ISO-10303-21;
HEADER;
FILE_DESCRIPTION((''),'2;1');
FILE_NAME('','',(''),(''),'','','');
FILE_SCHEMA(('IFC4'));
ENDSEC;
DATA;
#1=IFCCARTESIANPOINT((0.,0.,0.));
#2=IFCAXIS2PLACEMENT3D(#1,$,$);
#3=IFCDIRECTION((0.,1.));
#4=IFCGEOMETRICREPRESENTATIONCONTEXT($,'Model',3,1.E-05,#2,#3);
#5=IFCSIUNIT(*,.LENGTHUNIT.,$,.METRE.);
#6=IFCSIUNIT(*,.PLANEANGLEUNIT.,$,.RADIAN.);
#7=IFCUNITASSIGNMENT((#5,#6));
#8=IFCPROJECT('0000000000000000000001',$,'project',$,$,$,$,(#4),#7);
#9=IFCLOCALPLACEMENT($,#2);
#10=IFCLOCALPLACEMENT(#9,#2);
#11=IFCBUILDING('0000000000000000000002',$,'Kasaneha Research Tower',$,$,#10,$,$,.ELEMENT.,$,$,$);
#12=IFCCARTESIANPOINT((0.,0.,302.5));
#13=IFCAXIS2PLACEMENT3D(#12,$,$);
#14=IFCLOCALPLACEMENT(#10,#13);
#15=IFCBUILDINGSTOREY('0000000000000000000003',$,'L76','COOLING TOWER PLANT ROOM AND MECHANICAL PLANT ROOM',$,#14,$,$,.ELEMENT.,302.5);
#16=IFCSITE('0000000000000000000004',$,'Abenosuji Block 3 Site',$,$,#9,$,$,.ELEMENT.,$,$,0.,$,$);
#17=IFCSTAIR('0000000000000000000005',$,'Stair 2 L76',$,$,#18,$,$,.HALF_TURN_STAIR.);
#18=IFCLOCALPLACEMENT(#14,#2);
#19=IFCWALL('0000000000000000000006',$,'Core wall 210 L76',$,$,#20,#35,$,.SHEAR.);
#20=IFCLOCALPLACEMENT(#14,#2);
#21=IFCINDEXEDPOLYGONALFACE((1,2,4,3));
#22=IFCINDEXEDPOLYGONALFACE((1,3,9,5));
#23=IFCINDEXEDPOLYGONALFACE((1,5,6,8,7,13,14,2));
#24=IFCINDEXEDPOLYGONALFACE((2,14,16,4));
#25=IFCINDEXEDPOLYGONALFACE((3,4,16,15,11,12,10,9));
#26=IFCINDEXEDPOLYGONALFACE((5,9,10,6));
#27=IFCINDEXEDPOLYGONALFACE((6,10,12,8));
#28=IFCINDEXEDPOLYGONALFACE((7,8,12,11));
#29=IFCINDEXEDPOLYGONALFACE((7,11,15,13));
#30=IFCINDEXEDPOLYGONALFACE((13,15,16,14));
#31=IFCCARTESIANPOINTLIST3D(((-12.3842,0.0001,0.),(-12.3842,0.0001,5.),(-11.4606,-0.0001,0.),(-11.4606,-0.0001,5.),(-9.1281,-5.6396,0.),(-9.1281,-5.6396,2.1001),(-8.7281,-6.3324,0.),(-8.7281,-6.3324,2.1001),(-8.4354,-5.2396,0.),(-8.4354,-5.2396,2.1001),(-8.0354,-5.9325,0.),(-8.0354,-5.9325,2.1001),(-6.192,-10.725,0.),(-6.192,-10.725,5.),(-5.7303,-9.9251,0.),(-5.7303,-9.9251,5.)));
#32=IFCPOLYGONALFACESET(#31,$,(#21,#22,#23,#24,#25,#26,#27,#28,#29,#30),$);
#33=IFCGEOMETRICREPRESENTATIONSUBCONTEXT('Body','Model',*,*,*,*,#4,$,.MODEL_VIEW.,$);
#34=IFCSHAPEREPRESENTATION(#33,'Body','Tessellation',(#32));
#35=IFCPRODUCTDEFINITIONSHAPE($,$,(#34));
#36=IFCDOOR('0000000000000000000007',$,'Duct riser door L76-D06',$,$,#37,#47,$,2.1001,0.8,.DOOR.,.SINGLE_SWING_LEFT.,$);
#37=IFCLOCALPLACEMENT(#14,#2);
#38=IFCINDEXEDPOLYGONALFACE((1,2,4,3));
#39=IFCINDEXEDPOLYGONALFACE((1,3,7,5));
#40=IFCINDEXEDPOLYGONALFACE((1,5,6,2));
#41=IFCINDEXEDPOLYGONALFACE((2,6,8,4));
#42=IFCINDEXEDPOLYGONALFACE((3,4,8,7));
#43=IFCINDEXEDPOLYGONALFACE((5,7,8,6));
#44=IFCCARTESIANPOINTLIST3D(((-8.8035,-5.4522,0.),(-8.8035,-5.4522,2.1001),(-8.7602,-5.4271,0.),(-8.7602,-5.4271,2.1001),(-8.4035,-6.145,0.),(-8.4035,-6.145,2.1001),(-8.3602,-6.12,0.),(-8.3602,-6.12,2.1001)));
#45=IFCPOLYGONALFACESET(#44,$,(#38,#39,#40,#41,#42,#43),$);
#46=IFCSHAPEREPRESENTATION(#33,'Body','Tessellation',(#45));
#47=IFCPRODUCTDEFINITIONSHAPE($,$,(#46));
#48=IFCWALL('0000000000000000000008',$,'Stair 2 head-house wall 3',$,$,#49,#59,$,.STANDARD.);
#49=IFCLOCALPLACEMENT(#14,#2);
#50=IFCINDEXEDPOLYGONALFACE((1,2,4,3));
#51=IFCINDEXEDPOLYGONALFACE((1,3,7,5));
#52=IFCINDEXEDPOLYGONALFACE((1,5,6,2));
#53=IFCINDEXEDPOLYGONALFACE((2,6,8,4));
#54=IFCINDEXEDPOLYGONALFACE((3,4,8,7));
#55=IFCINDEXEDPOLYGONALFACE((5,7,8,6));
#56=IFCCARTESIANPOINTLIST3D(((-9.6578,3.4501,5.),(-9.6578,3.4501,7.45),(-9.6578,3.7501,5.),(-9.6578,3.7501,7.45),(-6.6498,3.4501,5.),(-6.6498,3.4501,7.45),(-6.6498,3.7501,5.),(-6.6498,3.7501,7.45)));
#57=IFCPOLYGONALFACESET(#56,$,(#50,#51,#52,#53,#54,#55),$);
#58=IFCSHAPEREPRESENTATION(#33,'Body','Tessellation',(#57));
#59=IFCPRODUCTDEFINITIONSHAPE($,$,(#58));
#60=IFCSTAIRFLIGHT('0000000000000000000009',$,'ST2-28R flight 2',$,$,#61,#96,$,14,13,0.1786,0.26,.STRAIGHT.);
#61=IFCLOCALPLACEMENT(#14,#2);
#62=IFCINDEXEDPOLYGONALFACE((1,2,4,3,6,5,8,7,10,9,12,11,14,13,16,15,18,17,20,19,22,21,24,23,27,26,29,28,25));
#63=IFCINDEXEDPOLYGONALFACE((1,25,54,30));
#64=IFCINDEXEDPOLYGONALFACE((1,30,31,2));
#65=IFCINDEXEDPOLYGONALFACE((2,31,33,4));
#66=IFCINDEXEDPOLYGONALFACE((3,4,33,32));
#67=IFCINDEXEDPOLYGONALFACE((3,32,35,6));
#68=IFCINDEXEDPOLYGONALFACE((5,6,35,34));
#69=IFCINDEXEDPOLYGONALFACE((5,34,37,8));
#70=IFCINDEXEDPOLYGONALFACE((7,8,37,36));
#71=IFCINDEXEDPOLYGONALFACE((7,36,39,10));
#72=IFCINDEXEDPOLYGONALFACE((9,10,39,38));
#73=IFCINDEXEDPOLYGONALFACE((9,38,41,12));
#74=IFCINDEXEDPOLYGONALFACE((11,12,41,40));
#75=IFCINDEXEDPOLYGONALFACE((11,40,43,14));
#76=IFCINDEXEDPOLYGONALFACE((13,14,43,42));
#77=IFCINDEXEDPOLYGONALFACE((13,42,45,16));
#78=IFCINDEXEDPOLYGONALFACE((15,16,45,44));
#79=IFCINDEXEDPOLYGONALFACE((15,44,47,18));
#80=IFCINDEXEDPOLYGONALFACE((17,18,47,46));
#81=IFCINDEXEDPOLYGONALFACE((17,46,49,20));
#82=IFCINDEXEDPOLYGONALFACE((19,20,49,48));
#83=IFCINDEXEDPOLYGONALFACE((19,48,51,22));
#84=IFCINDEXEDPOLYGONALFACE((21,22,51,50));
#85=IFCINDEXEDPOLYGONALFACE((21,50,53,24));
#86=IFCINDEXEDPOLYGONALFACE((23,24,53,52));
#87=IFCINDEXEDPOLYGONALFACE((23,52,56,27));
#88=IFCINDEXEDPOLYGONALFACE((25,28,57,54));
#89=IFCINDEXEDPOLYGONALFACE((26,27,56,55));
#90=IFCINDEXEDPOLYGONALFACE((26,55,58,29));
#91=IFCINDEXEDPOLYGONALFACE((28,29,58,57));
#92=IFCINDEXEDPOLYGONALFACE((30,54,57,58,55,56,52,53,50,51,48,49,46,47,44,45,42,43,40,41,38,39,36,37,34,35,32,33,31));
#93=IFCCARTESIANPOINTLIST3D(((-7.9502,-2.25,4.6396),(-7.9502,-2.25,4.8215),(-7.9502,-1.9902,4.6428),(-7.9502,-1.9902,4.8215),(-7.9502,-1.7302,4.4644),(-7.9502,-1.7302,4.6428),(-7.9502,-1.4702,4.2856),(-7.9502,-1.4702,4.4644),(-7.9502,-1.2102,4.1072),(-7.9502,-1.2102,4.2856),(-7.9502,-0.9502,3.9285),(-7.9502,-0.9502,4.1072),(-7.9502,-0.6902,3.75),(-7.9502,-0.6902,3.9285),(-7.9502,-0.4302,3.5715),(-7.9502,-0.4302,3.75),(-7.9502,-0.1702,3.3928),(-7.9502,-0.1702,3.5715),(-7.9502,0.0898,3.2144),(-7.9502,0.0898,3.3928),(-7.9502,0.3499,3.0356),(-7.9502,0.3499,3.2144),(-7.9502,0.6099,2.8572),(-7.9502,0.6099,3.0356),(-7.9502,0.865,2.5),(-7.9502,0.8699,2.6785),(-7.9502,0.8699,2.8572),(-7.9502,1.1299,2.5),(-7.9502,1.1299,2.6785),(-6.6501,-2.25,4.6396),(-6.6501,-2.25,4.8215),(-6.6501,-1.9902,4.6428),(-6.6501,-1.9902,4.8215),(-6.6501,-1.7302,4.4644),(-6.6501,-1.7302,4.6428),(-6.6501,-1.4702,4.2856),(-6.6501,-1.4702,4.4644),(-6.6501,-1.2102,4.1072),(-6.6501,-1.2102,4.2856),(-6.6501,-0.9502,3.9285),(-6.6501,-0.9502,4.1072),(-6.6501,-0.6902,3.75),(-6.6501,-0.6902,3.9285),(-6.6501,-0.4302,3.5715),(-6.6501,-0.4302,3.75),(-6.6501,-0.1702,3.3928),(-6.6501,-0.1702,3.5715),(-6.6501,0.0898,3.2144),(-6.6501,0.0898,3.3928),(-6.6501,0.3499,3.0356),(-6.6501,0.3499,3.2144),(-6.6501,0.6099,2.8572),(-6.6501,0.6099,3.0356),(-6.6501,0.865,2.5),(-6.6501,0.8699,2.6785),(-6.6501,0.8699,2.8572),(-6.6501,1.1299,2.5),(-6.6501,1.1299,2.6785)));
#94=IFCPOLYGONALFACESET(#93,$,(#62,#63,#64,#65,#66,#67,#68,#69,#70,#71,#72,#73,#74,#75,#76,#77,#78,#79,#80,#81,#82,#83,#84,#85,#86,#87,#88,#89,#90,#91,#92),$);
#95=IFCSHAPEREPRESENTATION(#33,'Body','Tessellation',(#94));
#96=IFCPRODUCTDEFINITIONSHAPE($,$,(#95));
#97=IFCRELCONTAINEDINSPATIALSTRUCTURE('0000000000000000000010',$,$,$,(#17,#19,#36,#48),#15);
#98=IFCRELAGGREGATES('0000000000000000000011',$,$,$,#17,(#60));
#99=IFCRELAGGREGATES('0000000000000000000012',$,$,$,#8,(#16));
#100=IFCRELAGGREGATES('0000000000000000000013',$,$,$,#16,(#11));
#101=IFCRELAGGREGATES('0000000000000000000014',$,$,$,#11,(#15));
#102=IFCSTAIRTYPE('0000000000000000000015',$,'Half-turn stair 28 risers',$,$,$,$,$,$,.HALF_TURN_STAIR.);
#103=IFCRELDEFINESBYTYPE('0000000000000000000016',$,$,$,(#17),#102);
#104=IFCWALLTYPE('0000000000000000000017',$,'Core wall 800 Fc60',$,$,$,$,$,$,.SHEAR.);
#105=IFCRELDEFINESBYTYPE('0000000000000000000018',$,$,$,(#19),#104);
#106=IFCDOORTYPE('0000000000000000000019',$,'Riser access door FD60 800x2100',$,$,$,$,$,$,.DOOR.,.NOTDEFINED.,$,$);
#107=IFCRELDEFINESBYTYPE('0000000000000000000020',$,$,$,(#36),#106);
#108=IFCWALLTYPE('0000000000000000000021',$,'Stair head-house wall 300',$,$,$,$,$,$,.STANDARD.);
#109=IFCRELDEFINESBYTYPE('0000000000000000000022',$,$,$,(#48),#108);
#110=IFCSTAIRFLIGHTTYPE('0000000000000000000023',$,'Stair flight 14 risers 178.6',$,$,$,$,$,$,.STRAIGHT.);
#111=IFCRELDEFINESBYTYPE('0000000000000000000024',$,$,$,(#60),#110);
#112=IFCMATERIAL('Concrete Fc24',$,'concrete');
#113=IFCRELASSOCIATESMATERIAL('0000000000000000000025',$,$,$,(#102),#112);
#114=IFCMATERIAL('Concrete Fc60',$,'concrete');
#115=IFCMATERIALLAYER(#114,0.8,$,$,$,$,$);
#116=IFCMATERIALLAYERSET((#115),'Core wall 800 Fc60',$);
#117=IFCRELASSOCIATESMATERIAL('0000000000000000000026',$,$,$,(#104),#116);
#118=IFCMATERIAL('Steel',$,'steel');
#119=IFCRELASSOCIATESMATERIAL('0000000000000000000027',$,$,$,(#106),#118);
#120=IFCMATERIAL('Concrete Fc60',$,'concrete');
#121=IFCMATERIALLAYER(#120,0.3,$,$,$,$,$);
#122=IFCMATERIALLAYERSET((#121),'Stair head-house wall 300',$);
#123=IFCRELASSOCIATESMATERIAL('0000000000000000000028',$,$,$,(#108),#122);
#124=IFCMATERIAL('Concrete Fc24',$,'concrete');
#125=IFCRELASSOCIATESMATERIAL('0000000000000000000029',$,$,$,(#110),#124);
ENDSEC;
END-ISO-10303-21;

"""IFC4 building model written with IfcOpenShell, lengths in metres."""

from ifc_helpers import new_model, si_unit, direction, frame, frame_2d, origin, place, context, subcontext, project, spatial, polyline, rectangle, outline, extrude, material, layer, layer_set, type_object, element, fill, aggregate, save


model = new_model("IFC4")

# Units and contexts
model_context = context("Model", 3, precision=1e-05, world=origin(), true_north=direction((0.0, 1.0)))
body_context = subcontext(model_context, "Body", "Model", "MODEL_VIEW")
ifc_project = project(units=[si_unit("LENGTHUNIT", "METRE"), si_unit("PLANEANGLEUNIT", "RADIAN")], contexts=[model_context])

# Site, building, storey
site_placement = place(None, origin())
site = spatial("IfcSite", under=ifc_project, at=site_placement, Name="Abenosuji Block 3 Site", CompositionType="ELEMENT", RefElevation=0.0)
building_placement = place(site_placement, origin())
building = spatial("IfcBuilding", under=site, at=building_placement, Name="Kasaneha Research Tower", CompositionType="ELEMENT")
storey_placement = place(building_placement, frame((0.0, 0.0, 302.5)))
storey = spatial("IfcBuildingStorey", under=building, at=storey_placement, Name="L76", Description="COOLING TOWER PLANT ROOM AND MECHANICAL PLANT ROOM", CompositionType="ELEMENT", Elevation=302.5)

# Shared definitions
ifc_material_1 = material(Name="Concrete Fc24", Category="concrete")
stair_type = type_object("IfcStairType", Name="Half-turn stair 28 risers", PredefinedType="HALF_TURN_STAIR", material=ifc_material_1)

# Stair
stair_1_placement = place(storey_placement, origin())
stair_1 = element("IfcStair", 1, at=stair_1_placement, inside=storey, type_object=stair_type, Name="Stair 2 L76", PredefinedType="HALF_TURN_STAIR")

# Wall, opening, door
ifc_material_2 = material(Name="Concrete Fc60", Category="concrete")
ifc_layer_1 = layer(ifc_material_2, 0.8)
ifc_layer_set_1 = layer_set([ifc_layer_1], Name="Core wall 800 Fc60")
wall_type_1 = type_object("IfcWallType", Name="Core wall 800 Fc60", PredefinedType="SHEAR", material=ifc_layer_set_1)
wall_1_placement = place(storey_placement, frame((-11.9224, 0.0, 0.0), z_axis=(0.0, 0.0, 1.0), x_axis=(0.500004, -0.866023, 0.0)))
wall_1 = element("IfcWall", 2, at=wall_1_placement, inside=storey, type_object=wall_type_1, Name="Core wall 210 L76", PredefinedType="SHEAR", context=body_context, shape_type="SweptSolid", body=[
    extrude(outline(polyline([(-0.231, -0.3999), (6.2812, -0.3999), (7.0813, -0.3999), (12.1533, -0.3999), (11.6914, 0.3999), (7.0813, 0.3999), (6.2812, 0.3999), (0.231, 0.3999), (-0.231, -0.3999)])), origin(), (0.0, 0.0, 1.0), 5.0),
])
opening_1_placement = place(wall_1_placement, frame((6.2812, 0.0, 0.0)))
opening_1 = element("IfcOpeningElement", 3, at=opening_1_placement, cuts=wall_1, PredefinedType="OPENING", context=body_context, shape_type="SweptSolid", body=[
    extrude(rectangle(XDim=0.8, YDim=2.1001, at=frame_2d((0.3999, 1.05))), frame((0.0, 0.4102, 0.0), z_axis=(0.0, -1.0, 0.0), x_axis=(1.0, 0.0, 0.0)), (0.0, 0.0, 1.0), 0.8201),
])
ifc_material_3 = material(Name="Steel", Category="steel")
door_type_1 = type_object("IfcDoorType", Name="Riser access door FD60 800x2100", OperationType="NOTDEFINED", PredefinedType="DOOR", material=ifc_material_3)
door_1_placement = place(opening_1_placement, origin())
door_1 = element("IfcDoor", 4, at=door_1_placement, inside=storey, type_object=door_type_1, Name="Duct riser door L76-D06", OperationType="SINGLE_SWING_LEFT", OverallHeight=2.1001, OverallWidth=0.8, PredefinedType="DOOR", context=body_context, shape_type="SweptSolid", body=[
    extrude(rectangle(XDim=0.8, YDim=2.1001, at=frame_2d((0.3999, 1.05))), frame((0.0, 0.0249, 0.0), z_axis=(0.0, -1.0, 0.0), x_axis=(1.0, 0.0, 0.0)), (0.0, 0.0, 1.0), 0.05),
])
fill(opening_1, door_1)

# Wall
ifc_material_4 = material(Name="Concrete Fc60", Category="concrete")
ifc_layer_2 = layer(ifc_material_4, 0.3)
ifc_layer_set_2 = layer_set([ifc_layer_2], Name="Stair head-house wall 300")
wall_type_2 = type_object("IfcWallType", Name="Stair head-house wall 300", PredefinedType="STANDARD", material=ifc_layer_set_2)
wall_2_placement = place(storey_placement, frame((-6.6499, 3.6001, 5.0), z_axis=(0.0, 0.0, 1.0), x_axis=(-1.0, 0.0, 0.0)))
element("IfcWall", 5, at=wall_2_placement, inside=storey, type_object=wall_type_2, Name="Stair 2 head-house wall 3", PredefinedType="STANDARD", context=body_context, shape_type="SweptSolid", body=[
    extrude(rectangle(XDim=3.0081, YDim=0.3, at=frame_2d((1.5039, 0.0))), origin(), (0.0, 0.0, 1.0), 2.45),
])

# Stair flight
ifc_material_5 = material(Name="Concrete Fc24", Category="concrete")
stair_flight_type = type_object("IfcStairFlightType", Name="Stair flight 14 risers 178.6", PredefinedType="STRAIGHT", material=ifc_material_5)
stair_flight_placement = place(storey_placement, frame((-7.3, 1.1299, 2.5), z_axis=(0.0, 0.0, 1.0), x_axis=(0.0, -1.0, 0.0)))
stair_flight = element("IfcStairFlight", 6, at=stair_flight_placement, type_object=stair_flight_type, Name="ST2-28R flight 2", NumberOfRisers=14, NumberOfTreads=13, PredefinedType="STRAIGHT", RiserHeight=0.1786, TreadLength=0.26, context=body_context, shape_type="SweptSolid", body=[
    extrude(outline(polyline([(0.0, 0.0), (0.0, 0.1785), (0.26, 0.1785), (0.26, 0.3572), (0.52, 0.3572), (0.52, 0.5356), (0.78, 0.5356), (0.78, 0.7144), (1.04, 0.7144), (1.04, 0.8928), (1.3, 0.8928), (1.3, 1.0715), (1.5601, 1.0715), (1.5601, 1.25), (1.8201, 1.25), (1.8201, 1.4285), (2.0801, 1.4285), (2.0801, 1.6072), (2.3401, 1.6072), (2.3401, 1.7856), (2.6001, 1.7856), (2.6001, 1.9644), (2.8601, 1.9644), (2.8601, 2.1428), (3.1201, 2.1428), (3.1201, 2.3215), (3.3799, 2.3215), (3.3799, 2.5), (3.3799, 2.1396), (0.2649, 0.0), (0.0, 0.0)])), frame((0.0, 0.6499, 0.0), z_axis=(0.0, -1.0, 0.0), x_axis=(1.0, 0.0, 0.0)), (0.0, 0.0, 1.0), 1.3),
])
aggregate(stair_1, [stair_flight])

save(model, "model.ifc")
